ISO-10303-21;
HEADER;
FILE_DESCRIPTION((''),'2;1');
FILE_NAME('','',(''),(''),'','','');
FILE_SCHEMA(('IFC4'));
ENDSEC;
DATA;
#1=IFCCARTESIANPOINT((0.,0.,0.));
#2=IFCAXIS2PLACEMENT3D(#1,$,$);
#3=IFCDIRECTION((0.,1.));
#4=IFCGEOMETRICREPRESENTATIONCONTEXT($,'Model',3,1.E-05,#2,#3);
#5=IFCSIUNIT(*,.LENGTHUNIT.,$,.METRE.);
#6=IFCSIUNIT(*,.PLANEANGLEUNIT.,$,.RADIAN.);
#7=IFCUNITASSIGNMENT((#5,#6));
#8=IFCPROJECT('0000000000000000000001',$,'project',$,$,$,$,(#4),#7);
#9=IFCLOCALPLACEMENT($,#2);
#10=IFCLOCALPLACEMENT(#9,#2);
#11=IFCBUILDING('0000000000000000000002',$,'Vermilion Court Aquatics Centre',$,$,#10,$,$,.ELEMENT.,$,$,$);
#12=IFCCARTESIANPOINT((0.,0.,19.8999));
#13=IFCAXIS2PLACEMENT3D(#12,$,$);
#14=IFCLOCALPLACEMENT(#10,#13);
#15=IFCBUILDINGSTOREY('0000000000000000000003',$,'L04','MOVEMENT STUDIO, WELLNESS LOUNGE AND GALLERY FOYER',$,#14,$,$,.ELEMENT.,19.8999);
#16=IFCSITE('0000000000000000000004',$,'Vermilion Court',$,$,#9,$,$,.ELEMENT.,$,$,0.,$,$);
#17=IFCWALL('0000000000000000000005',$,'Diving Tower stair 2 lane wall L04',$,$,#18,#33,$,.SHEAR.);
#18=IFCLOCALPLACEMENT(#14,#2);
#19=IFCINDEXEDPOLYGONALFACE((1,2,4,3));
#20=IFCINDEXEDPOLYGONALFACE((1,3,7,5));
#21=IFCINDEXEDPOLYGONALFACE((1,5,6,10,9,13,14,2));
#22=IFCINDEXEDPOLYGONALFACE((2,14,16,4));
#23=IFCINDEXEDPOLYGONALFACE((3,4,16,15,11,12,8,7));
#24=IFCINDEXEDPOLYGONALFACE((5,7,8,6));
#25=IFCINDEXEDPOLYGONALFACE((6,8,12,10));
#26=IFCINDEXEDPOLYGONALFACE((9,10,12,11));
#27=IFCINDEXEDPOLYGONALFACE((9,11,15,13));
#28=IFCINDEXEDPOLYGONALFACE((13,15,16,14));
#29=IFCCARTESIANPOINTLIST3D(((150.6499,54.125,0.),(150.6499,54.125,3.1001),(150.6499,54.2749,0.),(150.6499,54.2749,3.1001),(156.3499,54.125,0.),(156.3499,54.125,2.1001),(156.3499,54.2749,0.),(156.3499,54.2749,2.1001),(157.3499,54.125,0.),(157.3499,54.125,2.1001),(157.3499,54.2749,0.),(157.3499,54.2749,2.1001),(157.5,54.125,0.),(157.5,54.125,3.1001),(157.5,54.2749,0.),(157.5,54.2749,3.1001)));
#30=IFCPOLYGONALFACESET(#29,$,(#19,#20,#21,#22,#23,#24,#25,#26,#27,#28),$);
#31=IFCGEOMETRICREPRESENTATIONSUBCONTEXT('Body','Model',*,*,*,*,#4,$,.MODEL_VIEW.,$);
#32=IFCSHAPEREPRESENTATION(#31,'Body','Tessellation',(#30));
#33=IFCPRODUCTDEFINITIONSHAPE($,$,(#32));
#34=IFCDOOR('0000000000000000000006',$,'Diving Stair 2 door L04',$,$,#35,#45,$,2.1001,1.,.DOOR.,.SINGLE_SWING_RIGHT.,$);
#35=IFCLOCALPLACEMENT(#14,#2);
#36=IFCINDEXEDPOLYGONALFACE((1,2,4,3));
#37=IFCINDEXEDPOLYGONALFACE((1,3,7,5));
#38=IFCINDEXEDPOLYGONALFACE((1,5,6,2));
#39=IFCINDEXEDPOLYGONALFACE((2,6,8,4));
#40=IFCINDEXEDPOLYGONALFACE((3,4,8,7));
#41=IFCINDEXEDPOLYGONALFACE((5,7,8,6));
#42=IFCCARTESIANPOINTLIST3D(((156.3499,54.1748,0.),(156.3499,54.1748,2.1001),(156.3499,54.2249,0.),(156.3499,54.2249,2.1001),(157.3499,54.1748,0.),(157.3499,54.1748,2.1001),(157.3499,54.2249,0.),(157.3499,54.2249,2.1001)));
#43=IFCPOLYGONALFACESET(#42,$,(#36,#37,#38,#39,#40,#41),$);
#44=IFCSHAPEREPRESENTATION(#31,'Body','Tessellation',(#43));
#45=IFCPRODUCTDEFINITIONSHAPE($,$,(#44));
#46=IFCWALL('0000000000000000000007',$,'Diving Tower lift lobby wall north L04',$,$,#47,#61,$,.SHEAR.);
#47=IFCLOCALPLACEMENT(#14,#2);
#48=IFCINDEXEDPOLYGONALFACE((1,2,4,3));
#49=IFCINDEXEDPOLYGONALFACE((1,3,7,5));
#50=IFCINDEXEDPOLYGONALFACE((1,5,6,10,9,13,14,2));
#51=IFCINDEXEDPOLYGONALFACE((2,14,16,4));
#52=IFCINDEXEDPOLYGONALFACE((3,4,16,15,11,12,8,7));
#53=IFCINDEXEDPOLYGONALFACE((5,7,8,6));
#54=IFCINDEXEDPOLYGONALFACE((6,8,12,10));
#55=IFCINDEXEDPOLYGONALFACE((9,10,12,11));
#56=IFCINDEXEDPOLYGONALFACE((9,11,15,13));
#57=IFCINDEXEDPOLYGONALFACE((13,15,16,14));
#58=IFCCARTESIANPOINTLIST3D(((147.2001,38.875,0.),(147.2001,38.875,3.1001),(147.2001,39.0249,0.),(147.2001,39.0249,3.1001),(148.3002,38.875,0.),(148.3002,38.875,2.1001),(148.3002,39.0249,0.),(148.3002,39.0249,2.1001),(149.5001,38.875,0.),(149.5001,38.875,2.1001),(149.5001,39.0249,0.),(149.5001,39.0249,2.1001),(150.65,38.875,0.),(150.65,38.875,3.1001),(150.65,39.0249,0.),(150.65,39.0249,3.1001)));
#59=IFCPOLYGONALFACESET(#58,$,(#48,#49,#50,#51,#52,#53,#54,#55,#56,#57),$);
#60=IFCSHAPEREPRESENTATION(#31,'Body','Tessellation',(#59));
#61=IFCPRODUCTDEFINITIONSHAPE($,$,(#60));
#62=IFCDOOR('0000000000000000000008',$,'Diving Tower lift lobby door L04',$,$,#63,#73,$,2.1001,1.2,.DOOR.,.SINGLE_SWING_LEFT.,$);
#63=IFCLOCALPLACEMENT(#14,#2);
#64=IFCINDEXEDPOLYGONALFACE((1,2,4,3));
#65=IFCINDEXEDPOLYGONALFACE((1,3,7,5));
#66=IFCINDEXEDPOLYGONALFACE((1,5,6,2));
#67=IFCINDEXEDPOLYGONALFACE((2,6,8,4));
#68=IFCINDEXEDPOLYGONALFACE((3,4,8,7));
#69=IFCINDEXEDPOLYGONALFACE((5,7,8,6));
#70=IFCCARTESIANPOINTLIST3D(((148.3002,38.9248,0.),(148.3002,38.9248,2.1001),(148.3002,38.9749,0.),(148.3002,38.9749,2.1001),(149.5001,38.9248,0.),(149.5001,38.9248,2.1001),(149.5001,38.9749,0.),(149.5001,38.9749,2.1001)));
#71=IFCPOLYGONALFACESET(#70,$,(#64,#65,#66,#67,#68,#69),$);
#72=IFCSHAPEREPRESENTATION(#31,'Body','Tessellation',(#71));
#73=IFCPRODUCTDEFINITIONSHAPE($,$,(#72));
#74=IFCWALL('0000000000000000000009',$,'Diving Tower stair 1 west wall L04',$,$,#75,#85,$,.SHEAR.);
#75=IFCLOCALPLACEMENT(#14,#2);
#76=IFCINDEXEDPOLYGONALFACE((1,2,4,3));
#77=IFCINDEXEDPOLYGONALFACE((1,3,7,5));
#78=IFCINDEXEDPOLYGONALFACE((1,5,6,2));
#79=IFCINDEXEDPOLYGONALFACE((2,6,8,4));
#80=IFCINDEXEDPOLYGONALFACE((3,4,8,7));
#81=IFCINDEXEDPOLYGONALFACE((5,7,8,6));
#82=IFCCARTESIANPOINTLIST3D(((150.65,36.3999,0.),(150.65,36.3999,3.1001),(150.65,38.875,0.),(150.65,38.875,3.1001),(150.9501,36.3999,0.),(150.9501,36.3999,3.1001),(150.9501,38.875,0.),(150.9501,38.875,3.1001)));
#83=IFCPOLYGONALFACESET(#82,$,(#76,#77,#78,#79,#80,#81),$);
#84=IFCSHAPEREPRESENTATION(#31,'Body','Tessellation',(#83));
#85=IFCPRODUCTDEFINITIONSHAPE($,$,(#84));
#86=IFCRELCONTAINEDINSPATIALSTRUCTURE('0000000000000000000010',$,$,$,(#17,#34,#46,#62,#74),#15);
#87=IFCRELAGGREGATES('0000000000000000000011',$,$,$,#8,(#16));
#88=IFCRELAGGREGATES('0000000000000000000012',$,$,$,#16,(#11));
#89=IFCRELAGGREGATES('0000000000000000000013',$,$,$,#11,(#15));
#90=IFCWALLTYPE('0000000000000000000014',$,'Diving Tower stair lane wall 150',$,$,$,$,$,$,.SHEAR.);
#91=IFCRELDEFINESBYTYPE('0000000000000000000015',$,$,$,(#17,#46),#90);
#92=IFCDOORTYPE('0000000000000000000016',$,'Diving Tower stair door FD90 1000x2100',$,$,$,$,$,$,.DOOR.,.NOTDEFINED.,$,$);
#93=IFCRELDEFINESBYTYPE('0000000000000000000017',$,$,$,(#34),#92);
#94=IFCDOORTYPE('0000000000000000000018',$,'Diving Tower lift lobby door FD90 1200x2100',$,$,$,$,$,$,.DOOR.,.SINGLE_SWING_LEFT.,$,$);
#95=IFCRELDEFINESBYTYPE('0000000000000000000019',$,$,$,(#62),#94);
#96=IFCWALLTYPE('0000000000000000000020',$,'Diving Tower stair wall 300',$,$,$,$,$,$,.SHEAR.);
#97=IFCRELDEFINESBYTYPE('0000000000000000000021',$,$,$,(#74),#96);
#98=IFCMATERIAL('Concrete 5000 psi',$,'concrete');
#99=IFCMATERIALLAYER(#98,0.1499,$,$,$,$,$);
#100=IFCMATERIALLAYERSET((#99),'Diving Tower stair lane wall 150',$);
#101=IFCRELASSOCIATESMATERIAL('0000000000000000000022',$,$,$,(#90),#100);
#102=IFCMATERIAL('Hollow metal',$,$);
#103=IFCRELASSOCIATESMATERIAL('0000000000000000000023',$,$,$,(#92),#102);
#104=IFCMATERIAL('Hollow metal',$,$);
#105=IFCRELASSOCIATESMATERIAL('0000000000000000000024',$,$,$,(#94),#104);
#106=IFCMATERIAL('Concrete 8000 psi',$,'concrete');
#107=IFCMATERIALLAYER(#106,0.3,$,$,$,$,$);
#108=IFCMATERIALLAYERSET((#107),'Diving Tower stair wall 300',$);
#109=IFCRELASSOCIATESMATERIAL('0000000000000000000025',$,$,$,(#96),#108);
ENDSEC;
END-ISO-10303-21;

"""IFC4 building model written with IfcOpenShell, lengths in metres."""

from ifc_helpers import new_model, si_unit, direction, frame, frame_2d, origin, place, context, subcontext, project, spatial, rectangle, extrude, material, layer, layer_set, type_object, element, fill, save


model = new_model("IFC4")

# Units and contexts
model_context = context("Model", 3, precision=1e-05, world=origin(), true_north=direction((0.0, 1.0)))
body_context = subcontext(model_context, "Body", "Model", "MODEL_VIEW")
ifc_project = project(units=[si_unit("LENGTHUNIT", "METRE"), si_unit("PLANEANGLEUNIT", "RADIAN")], contexts=[model_context])

# Site, building, storey
site_placement = place(None, origin())
site = spatial("IfcSite", under=ifc_project, at=site_placement, Name="Vermilion Court", CompositionType="ELEMENT", RefElevation=0.0)
building_placement = place(site_placement, origin())
building = spatial("IfcBuilding", under=site, at=building_placement, Name="Vermilion Court Aquatics Centre", CompositionType="ELEMENT")
storey_placement = place(building_placement, frame((0.0, 0.0, 19.8999)))
storey = spatial("IfcBuildingStorey", under=building, at=storey_placement, Name="L04", Description="MOVEMENT STUDIO, WELLNESS LOUNGE AND GALLERY FOYER", CompositionType="ELEMENT", Elevation=19.8999)

# Walls, openings, doors
ifc_material_1 = material(Name="Concrete 5000 psi", Category="concrete")
ifc_layer_1 = layer(ifc_material_1, 0.1499)
ifc_layer_set_1 = layer_set([ifc_layer_1], Name="Diving Tower stair lane wall 150")
wall_type_1 = type_object("IfcWallType", Name="Diving Tower stair lane wall 150", PredefinedType="SHEAR", material=ifc_layer_set_1)
ifc_material_2 = material(Name="Hollow metal")
door_type_1 = type_object("IfcDoorType", Name="Diving Tower stair door FD90 1000x2100", OperationType="NOTDEFINED", PredefinedType="DOOR", material=ifc_material_2)
wall_1_placement = place(storey_placement, frame((150.6499, 54.2, 0.0), z_axis=(0.0, 0.0, 1.0), x_axis=(1.0, 0.0, 0.0)))
wall_1 = element("IfcWall", 1, at=wall_1_placement, inside=storey, type_object=wall_type_1, Name="Diving Tower stair 2 lane wall L04", PredefinedType="SHEAR", context=body_context, shape_type="SweptSolid", body=[
    extrude(rectangle(XDim=6.8501, YDim=0.1499, at=frame_2d((3.425, 0.0))), origin(), (0.0, 0.0, 1.0), 3.1001),
])
opening_1_placement = place(wall_1_placement, frame((5.7, 0.0, 0.0)))
opening_1 = element("IfcOpeningElement", 2, at=opening_1_placement, cuts=wall_1, PredefinedType="OPENING", context=body_context, shape_type="SweptSolid", body=[
    extrude(rectangle(XDim=1.0, YDim=2.1001, at=frame_2d((0.5, 1.05))), frame((0.0, 0.085, 0.0), z_axis=(0.0, -1.0, 0.0), x_axis=(1.0, 0.0, 0.0)), (0.0, 0.0, 1.0), 0.1699),
])
door_1_placement = place(opening_1_placement, origin())
door_1 = element("IfcDoor", 3, at=door_1_placement, inside=storey, type_object=door_type_1, Name="Diving Stair 2 door L04", OperationType="SINGLE_SWING_RIGHT", OverallHeight=2.1001, OverallWidth=1.0, PredefinedType="DOOR", context=body_context, shape_type="SweptSolid", body=[
    extrude(rectangle(XDim=1.0, YDim=2.1001, at=frame_2d((0.5, 1.05))), frame((0.0, 0.0249, 0.0), z_axis=(0.0, -1.0, 0.0), x_axis=(1.0, 0.0, 0.0)), (0.0, 0.0, 1.0), 0.05),
])
fill(opening_1, door_1)
wall_2_placement = place(storey_placement, frame((147.2, 38.95, 0.0), z_axis=(0.0, 0.0, 1.0), x_axis=(1.0, 0.0, 0.0)))
wall_2 = element("IfcWall", 4, at=wall_2_placement, inside=storey, type_object=wall_type_1, Name="Diving Tower lift lobby wall north L04", PredefinedType="SHEAR", context=body_context, shape_type="SweptSolid", body=[
    extrude(rectangle(XDim=3.45, YDim=0.1499, at=frame_2d((1.7251, 0.0))), origin(), (0.0, 0.0, 1.0), 3.1001),
])
opening_2_placement = place(wall_2_placement, frame((1.1001, 0.0, 0.0)))
opening_2 = element("IfcOpeningElement", 5, at=opening_2_placement, cuts=wall_2, PredefinedType="OPENING", context=body_context, shape_type="SweptSolid", body=[
    extrude(rectangle(XDim=1.2, YDim=2.1001, at=frame_2d((0.6001, 1.05))), frame((0.0, 0.085, 0.0), z_axis=(0.0, -1.0, 0.0), x_axis=(1.0, 0.0, 0.0)), (0.0, 0.0, 1.0), 0.1699),
])
ifc_material_3 = material(Name="Hollow metal")
door_type_2 = type_object("IfcDoorType", Name="Diving Tower lift lobby door FD90 1200x2100", OperationType="SINGLE_SWING_LEFT", PredefinedType="DOOR", material=ifc_material_3)
door_2_placement = place(opening_2_placement, origin())
door_2 = element("IfcDoor", 6, at=door_2_placement, inside=storey, type_object=door_type_2, Name="Diving Tower lift lobby door L04", OperationType="SINGLE_SWING_LEFT", OverallHeight=2.1001, OverallWidth=1.2, PredefinedType="DOOR", context=body_context, shape_type="SweptSolid", body=[
    extrude(rectangle(XDim=1.2, YDim=2.1001, at=frame_2d((0.6001, 1.05))), frame((0.0, 0.0249, 0.0), z_axis=(0.0, -1.0, 0.0), x_axis=(1.0, 0.0, 0.0)), (0.0, 0.0, 1.0), 0.05),
])
fill(opening_2, door_2)

# Wall
ifc_material_4 = material(Name="Concrete 8000 psi", Category="concrete")
ifc_layer_2 = layer(ifc_material_4, 0.3)
ifc_layer_set_2 = layer_set([ifc_layer_2], Name="Diving Tower stair wall 300")
wall_type_2 = type_object("IfcWallType", Name="Diving Tower stair wall 300", PredefinedType="SHEAR", material=ifc_layer_set_2)
wall_3_placement = place(storey_placement, frame((150.8, 36.3999, 0.0), z_axis=(0.0, 0.0, 1.0), x_axis=(0.0, 1.0, 0.0)))
element("IfcWall", 7, at=wall_3_placement, inside=storey, type_object=wall_type_2, Name="Diving Tower stair 1 west wall L04", PredefinedType="SHEAR", context=body_context, shape_type="SweptSolid", body=[
    extrude(rectangle(XDim=2.4751, YDim=0.3, at=frame_2d((1.2375, 0.0))), origin(), (0.0, 0.0, 1.0), 3.1001),
])

save(model, "model.ifc")
